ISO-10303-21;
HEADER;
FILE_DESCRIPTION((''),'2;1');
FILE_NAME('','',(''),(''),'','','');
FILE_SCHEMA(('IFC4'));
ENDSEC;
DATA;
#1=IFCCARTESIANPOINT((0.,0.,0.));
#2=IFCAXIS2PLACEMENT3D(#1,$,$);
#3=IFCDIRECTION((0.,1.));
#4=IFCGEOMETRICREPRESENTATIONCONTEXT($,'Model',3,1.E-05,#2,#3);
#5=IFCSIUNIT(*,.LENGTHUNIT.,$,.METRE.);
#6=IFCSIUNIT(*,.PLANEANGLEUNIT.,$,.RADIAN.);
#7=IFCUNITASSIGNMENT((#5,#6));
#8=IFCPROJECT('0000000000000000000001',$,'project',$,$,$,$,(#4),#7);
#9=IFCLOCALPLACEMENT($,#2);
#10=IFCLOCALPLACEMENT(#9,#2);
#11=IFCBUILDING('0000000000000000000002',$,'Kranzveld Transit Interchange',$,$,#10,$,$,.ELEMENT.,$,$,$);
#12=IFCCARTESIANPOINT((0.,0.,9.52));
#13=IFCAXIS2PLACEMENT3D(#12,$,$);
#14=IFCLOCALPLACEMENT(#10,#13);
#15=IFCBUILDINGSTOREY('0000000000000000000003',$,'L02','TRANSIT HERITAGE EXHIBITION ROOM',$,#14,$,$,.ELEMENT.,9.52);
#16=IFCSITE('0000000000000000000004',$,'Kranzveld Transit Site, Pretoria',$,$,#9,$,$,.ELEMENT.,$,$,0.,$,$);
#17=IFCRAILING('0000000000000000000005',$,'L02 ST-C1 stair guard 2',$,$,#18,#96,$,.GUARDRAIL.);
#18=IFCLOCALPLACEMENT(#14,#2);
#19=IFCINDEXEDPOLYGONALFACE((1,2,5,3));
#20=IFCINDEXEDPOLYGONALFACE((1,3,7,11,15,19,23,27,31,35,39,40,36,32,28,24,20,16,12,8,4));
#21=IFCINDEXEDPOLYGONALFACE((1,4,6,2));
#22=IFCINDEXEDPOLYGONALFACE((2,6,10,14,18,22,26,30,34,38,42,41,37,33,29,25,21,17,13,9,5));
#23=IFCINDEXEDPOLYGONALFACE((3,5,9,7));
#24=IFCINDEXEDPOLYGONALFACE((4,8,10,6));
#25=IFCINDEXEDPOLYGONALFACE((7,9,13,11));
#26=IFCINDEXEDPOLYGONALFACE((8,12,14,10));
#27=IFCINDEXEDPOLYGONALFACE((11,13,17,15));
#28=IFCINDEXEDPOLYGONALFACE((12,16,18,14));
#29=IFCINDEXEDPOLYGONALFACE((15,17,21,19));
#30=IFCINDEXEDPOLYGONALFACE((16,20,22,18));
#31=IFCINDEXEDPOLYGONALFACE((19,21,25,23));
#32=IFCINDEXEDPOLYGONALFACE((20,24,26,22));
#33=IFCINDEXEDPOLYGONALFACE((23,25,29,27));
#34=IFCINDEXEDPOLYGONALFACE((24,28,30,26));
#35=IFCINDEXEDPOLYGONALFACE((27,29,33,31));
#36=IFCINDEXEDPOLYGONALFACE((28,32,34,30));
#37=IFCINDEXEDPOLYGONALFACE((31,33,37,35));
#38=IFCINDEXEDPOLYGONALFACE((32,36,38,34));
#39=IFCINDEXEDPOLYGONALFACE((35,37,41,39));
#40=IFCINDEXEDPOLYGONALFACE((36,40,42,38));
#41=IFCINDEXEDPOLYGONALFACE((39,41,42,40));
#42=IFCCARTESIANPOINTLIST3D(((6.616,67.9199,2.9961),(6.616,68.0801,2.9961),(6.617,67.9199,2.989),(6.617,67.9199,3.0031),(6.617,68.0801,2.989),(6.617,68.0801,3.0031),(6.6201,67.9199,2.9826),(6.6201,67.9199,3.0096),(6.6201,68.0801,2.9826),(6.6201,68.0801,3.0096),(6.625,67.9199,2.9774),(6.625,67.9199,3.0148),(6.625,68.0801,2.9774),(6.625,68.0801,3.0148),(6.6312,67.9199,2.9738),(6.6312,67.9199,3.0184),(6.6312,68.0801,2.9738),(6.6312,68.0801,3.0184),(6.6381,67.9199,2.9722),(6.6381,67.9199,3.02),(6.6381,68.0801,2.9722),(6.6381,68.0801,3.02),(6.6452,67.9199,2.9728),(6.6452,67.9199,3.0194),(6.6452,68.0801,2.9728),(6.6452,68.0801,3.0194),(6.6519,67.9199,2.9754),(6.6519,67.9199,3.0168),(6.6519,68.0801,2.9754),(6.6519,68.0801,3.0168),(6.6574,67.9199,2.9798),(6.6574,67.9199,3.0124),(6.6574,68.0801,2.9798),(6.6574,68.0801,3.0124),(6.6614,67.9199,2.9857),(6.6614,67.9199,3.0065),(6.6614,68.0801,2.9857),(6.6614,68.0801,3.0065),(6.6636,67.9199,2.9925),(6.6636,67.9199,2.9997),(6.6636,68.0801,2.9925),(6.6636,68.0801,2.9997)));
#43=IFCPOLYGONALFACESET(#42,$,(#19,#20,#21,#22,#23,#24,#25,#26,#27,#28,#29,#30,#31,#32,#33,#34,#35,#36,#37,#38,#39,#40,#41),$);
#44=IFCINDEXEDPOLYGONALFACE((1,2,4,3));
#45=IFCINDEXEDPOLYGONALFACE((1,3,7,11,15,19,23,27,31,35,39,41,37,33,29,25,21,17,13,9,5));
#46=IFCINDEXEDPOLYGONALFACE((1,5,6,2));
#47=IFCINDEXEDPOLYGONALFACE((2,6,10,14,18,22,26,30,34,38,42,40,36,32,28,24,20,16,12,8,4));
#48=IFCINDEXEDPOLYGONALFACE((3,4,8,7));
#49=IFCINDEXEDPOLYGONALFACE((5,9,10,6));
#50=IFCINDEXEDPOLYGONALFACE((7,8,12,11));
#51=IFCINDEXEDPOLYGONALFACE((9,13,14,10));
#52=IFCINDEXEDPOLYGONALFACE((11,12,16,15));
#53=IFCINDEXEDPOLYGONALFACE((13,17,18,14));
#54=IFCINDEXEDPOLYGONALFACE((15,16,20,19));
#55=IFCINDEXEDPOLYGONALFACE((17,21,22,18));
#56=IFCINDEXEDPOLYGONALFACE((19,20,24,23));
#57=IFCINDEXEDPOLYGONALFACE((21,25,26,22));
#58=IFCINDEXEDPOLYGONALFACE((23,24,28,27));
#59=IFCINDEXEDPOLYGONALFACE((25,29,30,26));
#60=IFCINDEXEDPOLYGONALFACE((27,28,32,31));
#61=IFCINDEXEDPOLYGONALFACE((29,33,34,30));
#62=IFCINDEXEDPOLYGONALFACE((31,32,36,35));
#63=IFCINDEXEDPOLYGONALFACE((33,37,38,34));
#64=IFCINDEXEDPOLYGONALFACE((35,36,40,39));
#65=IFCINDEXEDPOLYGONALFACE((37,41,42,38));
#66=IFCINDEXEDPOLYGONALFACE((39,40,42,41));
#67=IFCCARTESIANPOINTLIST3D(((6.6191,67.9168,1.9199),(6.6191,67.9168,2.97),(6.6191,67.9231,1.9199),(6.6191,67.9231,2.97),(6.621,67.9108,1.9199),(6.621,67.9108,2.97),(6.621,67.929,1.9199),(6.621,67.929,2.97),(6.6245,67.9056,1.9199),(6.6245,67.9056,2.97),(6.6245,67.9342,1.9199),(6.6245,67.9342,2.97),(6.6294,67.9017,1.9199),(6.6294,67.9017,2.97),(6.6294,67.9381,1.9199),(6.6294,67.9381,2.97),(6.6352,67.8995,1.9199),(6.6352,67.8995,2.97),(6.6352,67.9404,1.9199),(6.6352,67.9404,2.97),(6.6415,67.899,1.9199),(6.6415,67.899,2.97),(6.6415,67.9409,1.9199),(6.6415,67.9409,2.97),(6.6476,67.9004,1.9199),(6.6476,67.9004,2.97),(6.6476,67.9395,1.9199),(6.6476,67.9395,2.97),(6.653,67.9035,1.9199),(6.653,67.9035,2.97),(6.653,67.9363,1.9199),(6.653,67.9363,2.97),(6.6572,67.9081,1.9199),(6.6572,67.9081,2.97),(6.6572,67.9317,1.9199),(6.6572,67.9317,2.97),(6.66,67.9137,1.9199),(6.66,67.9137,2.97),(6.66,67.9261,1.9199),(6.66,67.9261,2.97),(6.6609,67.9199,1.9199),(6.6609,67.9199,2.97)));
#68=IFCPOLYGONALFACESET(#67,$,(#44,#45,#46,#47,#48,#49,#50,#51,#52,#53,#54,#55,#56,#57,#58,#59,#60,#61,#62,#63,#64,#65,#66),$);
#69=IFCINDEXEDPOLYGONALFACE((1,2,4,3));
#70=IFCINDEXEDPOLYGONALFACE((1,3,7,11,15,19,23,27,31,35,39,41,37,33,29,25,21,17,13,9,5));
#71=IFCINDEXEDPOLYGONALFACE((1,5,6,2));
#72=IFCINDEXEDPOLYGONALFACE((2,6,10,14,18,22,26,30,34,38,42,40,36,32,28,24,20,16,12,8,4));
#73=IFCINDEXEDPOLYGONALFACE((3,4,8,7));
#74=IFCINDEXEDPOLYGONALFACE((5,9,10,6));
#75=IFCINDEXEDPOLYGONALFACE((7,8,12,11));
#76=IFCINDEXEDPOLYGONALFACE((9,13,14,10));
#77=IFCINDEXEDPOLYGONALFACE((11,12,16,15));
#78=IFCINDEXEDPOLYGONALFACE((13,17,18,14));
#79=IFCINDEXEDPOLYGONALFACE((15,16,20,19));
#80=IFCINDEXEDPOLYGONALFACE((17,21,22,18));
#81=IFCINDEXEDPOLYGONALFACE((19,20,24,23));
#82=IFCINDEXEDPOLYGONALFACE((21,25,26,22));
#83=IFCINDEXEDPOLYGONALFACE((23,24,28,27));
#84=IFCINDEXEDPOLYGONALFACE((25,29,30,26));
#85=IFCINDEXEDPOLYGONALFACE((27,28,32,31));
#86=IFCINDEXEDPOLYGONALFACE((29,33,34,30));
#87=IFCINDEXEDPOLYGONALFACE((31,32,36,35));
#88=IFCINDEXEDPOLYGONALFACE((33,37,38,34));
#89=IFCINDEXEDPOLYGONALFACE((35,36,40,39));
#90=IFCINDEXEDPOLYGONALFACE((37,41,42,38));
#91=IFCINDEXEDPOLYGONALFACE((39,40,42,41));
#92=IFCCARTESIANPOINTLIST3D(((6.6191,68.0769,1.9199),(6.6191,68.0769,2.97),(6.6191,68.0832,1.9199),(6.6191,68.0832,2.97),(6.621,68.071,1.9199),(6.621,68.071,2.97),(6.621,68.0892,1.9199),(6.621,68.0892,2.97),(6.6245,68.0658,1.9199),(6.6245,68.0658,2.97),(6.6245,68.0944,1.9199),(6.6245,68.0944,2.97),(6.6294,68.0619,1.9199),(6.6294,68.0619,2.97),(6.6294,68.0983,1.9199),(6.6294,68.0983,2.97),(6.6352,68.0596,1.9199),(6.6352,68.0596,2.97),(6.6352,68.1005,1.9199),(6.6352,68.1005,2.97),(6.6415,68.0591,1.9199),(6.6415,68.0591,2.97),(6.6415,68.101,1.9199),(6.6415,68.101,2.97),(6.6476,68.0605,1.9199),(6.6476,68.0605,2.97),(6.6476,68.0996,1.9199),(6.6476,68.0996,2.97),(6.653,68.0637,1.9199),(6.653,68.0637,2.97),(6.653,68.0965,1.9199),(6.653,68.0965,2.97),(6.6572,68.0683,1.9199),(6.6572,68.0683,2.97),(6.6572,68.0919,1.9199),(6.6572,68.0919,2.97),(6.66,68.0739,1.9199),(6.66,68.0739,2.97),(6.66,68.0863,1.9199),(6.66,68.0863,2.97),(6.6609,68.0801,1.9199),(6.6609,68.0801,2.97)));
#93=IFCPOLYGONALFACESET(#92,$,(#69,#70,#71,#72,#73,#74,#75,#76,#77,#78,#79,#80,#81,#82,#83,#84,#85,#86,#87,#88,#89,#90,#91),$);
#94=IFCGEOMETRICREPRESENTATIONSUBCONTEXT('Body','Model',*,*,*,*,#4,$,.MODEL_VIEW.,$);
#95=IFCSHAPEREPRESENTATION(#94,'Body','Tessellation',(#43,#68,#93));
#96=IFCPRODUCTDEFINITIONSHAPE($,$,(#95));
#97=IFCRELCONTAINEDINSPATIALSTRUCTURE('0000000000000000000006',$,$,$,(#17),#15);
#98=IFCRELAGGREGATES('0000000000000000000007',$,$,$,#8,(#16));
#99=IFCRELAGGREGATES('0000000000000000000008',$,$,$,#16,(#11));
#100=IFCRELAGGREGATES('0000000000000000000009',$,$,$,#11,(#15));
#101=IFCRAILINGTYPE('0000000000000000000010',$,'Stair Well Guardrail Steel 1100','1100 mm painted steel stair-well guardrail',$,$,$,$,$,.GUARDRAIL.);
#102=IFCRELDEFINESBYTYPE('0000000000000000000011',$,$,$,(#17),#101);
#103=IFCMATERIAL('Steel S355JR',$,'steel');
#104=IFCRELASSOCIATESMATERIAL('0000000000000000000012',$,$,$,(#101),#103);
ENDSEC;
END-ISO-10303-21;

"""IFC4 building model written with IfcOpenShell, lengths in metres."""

from ifc_helpers import new_model, si_unit, direction, frame, origin, origin_2d, place, context, subcontext, project, spatial, circle, extrude, material, type_object, element, save


model = new_model("IFC4")

# Units and contexts
model_context = context("Model", 3, precision=1e-05, world=origin(), true_north=direction((0.0, 1.0)))
body_context = subcontext(model_context, "Body", "Model", "MODEL_VIEW")
ifc_project = project(units=[si_unit("LENGTHUNIT", "METRE"), si_unit("PLANEANGLEUNIT", "RADIAN")], contexts=[model_context])

# Site, building, storey
site_placement = place(None, origin())
site = spatial("IfcSite", under=ifc_project, at=site_placement, Name="Kranzveld Transit Site, Pretoria", CompositionType="ELEMENT", RefElevation=0.0)
building_placement = place(site_placement, origin())
building = spatial("IfcBuilding", under=site, at=building_placement, Name="Kranzveld Transit Interchange", CompositionType="ELEMENT")
storey_placement = place(building_placement, frame((0.0, 0.0, 9.52)))
storey = spatial("IfcBuildingStorey", under=building, at=storey_placement, Name="L02", Description="TRANSIT HERITAGE EXHIBITION ROOM", CompositionType="ELEMENT", Elevation=9.52)

# Railing
ifc_material_1 = material(Name="Steel S355JR", Category="steel")
railing_type_1 = type_object("IfcRailingType", Name="Stair Well Guardrail Steel 1100", Description="1100 mm painted steel stair-well guardrail", PredefinedType="GUARDRAIL", material=ifc_material_1)
railing_1_placement = place(storey_placement, frame((6.6399, 67.9199, 1.9199)))
element("IfcRailing", 1, at=railing_1_placement, inside=storey, type_object=railing_type_1, Name="L02 ST-C1 stair guard 2", PredefinedType="GUARDRAIL", context=body_context, shape_type="SweptSolid", body=[
    extrude(circle(Radius=0.0239, at=origin_2d()), frame((0.0, 0.0, 1.0762), z_axis=(0.0, 1.0, 0.0), x_axis=(-1.0, 0.0, 0.0)), (0.0, 0.0, 1.0), 0.1602),
    extrude(circle(Radius=0.021, at=origin_2d()), origin(), (0.0, 0.0, 1.0), 1.05),
    extrude(circle(Radius=0.021, at=origin_2d()), frame((0.0, 0.1602, 0.0)), (0.0, 0.0, 1.0), 1.05),
])

save(model, "model.ifc")
